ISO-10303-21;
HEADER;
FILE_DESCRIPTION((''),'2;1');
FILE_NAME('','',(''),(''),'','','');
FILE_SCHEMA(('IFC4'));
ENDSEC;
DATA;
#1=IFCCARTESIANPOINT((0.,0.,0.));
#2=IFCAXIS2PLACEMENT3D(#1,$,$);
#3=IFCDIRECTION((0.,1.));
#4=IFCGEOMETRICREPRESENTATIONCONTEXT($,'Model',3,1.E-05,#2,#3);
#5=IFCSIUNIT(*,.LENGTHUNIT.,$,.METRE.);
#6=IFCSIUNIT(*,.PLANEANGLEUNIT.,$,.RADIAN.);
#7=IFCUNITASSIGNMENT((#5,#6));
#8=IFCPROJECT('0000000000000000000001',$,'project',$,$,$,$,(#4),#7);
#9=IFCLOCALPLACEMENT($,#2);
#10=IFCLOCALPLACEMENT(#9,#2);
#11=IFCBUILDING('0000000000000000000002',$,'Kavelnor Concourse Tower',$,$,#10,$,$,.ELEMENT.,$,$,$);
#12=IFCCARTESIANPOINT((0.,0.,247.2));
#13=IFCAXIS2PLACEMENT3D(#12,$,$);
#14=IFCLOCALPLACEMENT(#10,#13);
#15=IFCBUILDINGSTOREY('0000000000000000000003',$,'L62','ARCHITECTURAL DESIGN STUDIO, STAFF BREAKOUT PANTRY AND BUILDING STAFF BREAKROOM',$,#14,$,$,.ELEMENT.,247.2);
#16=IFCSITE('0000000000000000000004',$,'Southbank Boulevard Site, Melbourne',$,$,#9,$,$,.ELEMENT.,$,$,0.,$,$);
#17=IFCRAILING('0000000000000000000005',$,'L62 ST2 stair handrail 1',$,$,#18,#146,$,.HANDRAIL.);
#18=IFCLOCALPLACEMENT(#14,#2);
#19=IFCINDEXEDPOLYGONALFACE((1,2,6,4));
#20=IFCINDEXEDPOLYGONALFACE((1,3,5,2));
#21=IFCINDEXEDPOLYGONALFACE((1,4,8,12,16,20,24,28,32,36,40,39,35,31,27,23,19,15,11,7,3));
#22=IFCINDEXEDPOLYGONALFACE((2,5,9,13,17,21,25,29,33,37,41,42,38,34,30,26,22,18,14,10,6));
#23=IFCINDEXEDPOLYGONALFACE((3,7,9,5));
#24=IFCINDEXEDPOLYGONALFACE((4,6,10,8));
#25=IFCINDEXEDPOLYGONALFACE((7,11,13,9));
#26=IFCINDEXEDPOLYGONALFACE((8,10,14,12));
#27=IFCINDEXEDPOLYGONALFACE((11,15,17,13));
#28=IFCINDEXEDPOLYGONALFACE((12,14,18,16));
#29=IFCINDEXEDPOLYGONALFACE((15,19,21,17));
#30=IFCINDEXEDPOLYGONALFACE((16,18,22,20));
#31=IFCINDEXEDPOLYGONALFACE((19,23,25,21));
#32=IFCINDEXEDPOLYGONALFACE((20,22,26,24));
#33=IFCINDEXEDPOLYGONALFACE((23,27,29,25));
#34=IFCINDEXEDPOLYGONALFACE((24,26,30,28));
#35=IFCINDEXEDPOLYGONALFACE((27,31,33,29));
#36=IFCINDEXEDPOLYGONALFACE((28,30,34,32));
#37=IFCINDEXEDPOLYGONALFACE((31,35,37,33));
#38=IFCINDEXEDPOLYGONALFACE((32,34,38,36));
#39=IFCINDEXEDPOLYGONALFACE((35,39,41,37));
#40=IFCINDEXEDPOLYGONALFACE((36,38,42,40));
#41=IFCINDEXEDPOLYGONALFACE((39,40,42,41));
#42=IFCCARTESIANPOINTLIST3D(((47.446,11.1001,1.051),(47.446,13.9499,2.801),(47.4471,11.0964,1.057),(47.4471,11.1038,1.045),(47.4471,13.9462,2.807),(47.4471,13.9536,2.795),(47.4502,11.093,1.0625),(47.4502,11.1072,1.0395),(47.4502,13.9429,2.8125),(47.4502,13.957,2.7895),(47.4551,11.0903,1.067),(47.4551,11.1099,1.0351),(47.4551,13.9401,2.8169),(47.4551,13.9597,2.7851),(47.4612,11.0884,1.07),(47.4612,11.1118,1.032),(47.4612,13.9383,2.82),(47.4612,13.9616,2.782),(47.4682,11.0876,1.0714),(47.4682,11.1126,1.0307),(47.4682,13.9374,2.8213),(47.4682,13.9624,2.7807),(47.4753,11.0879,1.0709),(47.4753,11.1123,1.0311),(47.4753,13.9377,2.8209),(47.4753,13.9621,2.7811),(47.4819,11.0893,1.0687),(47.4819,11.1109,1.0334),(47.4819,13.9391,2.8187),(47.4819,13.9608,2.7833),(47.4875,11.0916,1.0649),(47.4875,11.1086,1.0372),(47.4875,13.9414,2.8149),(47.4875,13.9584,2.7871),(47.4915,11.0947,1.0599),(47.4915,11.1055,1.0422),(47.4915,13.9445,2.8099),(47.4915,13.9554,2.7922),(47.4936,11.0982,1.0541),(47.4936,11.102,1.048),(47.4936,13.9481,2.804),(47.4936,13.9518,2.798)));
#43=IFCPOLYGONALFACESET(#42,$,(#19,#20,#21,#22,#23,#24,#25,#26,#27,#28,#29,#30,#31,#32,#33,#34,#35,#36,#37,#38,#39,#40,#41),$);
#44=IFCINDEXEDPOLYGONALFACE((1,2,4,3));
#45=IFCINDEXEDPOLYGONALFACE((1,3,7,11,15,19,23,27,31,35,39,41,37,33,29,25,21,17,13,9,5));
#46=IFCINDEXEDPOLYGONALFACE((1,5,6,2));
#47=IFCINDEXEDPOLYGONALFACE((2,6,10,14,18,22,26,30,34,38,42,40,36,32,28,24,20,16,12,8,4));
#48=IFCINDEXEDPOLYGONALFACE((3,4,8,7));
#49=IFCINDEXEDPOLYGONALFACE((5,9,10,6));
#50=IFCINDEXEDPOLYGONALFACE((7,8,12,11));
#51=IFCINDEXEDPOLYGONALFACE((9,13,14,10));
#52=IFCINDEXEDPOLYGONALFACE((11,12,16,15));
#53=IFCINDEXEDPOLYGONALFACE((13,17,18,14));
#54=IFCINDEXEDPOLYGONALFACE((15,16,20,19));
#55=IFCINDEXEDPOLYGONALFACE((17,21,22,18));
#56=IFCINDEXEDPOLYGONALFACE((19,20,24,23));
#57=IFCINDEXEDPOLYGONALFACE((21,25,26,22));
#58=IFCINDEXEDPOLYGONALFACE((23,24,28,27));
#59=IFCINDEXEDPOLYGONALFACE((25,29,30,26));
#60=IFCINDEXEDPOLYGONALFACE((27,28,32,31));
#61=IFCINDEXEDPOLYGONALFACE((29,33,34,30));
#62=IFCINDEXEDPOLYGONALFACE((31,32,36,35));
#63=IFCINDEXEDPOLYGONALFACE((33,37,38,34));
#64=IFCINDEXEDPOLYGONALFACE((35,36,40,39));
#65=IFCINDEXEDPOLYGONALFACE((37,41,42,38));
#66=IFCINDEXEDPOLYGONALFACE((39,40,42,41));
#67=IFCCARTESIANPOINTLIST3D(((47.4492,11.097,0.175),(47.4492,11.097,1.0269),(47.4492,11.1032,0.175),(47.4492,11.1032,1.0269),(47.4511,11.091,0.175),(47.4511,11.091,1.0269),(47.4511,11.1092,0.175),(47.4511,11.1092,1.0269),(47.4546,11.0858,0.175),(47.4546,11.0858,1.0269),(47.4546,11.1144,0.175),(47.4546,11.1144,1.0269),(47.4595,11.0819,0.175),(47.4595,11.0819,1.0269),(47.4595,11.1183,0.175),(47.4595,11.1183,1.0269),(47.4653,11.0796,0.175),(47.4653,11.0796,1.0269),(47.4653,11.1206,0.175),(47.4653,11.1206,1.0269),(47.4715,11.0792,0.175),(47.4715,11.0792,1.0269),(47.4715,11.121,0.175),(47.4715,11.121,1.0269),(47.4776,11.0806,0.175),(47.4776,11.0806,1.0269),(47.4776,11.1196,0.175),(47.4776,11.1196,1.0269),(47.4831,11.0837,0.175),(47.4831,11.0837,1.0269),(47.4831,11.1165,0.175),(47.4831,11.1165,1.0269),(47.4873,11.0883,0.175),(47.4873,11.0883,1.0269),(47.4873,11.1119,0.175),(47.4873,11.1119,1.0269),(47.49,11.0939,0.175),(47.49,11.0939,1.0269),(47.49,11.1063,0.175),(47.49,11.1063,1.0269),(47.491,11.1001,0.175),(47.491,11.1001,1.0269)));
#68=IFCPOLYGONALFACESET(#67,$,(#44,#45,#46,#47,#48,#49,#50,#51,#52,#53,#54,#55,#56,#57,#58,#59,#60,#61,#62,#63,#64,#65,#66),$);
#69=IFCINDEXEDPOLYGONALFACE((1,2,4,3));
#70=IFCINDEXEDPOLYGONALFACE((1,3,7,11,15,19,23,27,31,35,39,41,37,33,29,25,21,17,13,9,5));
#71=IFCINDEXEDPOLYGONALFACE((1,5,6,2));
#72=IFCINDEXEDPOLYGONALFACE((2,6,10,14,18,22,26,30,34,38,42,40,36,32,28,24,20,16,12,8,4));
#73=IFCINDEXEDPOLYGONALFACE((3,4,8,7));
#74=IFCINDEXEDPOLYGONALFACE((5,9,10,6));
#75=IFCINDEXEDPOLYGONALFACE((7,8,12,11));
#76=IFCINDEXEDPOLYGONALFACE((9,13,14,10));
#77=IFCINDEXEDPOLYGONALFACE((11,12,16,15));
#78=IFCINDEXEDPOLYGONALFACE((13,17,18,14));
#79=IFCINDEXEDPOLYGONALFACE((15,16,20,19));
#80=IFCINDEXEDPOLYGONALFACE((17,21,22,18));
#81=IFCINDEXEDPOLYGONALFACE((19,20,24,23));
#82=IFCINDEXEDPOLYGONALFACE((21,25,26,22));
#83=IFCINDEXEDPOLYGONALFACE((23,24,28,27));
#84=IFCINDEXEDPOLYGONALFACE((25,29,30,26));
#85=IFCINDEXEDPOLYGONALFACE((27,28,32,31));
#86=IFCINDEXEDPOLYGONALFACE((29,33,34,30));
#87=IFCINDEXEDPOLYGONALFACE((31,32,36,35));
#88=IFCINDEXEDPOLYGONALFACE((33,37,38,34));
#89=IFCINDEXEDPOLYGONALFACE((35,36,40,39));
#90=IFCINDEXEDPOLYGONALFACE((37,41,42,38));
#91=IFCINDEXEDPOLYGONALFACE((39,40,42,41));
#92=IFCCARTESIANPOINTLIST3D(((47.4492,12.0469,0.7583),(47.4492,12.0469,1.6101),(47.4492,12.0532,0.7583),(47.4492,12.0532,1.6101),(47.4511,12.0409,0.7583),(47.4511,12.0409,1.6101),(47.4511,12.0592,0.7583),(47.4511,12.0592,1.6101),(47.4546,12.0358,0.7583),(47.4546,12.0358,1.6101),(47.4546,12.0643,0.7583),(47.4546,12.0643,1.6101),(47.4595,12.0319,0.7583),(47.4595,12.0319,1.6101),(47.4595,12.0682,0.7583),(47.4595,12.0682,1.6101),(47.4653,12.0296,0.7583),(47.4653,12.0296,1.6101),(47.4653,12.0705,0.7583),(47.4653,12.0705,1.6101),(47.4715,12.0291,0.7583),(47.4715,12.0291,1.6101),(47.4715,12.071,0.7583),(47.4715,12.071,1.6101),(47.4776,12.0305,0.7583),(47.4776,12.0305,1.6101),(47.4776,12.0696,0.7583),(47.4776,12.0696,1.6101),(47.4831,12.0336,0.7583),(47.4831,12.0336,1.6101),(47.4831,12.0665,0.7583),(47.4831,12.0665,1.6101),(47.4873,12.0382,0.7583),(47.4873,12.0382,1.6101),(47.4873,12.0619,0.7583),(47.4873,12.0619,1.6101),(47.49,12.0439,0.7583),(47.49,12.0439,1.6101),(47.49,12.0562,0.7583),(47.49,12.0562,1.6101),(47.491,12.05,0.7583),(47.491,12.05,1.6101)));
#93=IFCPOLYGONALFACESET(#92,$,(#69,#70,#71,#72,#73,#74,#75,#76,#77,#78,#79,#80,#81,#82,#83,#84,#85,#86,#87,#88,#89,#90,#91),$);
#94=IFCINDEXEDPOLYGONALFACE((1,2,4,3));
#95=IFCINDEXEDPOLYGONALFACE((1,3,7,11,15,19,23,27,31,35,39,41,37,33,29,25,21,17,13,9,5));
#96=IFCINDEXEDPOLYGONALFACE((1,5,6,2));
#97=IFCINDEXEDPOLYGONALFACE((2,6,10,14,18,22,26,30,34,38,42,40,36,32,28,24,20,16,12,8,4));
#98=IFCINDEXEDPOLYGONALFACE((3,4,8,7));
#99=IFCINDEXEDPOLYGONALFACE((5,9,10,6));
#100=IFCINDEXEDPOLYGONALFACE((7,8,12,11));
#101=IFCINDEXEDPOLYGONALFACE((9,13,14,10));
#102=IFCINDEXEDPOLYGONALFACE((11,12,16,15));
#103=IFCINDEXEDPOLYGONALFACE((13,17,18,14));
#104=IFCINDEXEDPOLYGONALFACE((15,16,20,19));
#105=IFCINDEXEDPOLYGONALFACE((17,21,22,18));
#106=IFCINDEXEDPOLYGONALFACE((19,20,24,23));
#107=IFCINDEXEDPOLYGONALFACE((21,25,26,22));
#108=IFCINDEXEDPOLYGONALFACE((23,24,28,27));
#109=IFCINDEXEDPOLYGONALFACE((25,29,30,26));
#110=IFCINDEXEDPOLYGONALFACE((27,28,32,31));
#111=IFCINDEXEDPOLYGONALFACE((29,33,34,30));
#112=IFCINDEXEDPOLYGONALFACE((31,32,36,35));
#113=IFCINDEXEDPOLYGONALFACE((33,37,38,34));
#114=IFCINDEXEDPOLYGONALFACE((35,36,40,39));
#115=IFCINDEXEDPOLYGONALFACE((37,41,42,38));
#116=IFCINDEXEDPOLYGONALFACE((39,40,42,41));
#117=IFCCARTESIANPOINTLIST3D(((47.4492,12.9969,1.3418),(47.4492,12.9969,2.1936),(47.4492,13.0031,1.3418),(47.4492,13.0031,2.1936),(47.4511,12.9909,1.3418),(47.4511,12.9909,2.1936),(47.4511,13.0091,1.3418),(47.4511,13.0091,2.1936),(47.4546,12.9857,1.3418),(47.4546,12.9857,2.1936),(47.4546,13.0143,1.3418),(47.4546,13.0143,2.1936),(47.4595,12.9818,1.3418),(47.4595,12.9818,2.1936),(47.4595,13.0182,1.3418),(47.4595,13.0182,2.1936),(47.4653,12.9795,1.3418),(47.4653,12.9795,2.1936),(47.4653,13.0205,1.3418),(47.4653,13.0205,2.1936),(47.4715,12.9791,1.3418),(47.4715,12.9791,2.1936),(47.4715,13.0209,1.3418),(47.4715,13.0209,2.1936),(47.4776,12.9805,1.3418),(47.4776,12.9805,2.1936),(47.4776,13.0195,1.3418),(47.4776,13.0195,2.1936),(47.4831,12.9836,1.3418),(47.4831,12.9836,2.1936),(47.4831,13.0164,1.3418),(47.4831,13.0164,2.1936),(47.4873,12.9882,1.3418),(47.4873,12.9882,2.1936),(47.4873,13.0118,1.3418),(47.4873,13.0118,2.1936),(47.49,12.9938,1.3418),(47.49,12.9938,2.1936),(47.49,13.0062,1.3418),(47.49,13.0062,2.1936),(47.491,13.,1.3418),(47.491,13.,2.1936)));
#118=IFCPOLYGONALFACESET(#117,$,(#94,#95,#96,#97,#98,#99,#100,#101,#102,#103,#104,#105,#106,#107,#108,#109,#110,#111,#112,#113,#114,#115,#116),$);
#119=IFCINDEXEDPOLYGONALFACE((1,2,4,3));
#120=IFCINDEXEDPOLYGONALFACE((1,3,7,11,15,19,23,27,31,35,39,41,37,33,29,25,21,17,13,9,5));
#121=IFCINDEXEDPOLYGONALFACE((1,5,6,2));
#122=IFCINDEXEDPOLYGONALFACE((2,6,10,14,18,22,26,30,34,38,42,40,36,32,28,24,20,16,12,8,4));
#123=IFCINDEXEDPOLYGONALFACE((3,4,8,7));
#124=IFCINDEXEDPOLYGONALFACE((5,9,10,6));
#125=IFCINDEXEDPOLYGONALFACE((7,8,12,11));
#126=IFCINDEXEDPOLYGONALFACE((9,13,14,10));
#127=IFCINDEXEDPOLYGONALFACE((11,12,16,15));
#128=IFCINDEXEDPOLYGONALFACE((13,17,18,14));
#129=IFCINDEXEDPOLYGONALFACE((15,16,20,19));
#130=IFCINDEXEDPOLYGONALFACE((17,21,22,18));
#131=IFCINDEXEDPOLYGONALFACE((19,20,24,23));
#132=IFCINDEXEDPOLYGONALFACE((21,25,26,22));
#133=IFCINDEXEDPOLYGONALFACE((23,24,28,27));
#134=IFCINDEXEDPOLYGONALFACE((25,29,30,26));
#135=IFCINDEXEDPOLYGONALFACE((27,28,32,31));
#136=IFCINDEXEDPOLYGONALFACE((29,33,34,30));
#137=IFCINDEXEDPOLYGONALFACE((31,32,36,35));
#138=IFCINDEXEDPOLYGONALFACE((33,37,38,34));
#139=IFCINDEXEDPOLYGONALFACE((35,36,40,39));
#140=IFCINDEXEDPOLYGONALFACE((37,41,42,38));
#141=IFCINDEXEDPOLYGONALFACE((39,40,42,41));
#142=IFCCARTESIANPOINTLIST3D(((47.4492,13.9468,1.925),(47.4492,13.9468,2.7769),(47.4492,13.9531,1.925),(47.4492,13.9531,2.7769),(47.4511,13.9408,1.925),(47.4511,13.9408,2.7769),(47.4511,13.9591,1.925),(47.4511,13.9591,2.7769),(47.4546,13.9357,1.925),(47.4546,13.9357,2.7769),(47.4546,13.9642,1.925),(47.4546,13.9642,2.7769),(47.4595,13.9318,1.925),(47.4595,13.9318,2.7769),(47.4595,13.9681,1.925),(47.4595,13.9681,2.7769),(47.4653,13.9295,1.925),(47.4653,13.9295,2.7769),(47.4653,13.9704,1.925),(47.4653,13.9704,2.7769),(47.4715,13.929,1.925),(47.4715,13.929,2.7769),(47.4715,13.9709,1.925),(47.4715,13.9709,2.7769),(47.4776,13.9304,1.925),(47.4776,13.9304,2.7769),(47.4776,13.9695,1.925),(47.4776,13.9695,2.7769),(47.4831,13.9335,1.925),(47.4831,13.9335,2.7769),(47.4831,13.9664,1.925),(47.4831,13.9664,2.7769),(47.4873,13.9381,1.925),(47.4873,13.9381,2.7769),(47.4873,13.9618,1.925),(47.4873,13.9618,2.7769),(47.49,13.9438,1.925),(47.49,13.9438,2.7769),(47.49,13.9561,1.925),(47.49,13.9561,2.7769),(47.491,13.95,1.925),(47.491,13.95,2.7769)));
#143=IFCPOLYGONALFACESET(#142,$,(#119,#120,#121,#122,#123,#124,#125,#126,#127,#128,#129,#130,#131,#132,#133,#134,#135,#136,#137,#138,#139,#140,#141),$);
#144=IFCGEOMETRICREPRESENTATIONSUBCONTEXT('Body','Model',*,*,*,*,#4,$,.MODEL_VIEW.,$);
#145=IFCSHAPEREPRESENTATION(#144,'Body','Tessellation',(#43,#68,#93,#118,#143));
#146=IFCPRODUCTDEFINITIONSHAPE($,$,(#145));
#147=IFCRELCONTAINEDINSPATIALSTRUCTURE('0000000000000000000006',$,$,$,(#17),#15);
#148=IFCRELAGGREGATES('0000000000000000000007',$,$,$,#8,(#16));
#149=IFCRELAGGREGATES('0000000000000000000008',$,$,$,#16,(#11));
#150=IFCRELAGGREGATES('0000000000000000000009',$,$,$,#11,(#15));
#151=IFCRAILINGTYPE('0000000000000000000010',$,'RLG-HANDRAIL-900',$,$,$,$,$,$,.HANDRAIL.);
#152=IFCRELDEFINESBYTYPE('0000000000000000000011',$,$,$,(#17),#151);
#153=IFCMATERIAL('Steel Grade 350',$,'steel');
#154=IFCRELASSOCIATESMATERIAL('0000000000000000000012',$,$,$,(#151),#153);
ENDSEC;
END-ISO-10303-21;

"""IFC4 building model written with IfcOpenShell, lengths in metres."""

from ifc_helpers import new_model, si_unit, direction, frame, origin, origin_2d, place, context, subcontext, project, spatial, circle, extrude, material, type_object, element, save


model = new_model("IFC4")

# Units and contexts
model_context = context("Model", 3, precision=1e-05, world=origin(), true_north=direction((0.0, 1.0)))
body_context = subcontext(model_context, "Body", "Model", "MODEL_VIEW")
ifc_project = project(units=[si_unit("LENGTHUNIT", "METRE"), si_unit("PLANEANGLEUNIT", "RADIAN")], contexts=[model_context])

# Site, building, storey
site_placement = place(None, origin())
site = spatial("IfcSite", under=ifc_project, at=site_placement, Name="Southbank Boulevard Site, Melbourne", CompositionType="ELEMENT", RefElevation=0.0)
building_placement = place(site_placement, origin())
building = spatial("IfcBuilding", under=site, at=building_placement, Name="Kavelnor Concourse Tower", CompositionType="ELEMENT")
storey_placement = place(building_placement, frame((0.0, 0.0, 247.2)))
storey = spatial("IfcBuildingStorey", under=building, at=storey_placement, Name="L62", Description="ARCHITECTURAL DESIGN STUDIO, STAFF BREAKOUT PANTRY AND BUILDING STAFF BREAKROOM", CompositionType="ELEMENT", Elevation=247.2)

# Shared definitions
ifc_material_1 = material(Name="Steel Grade 350", Category="steel")

# Railing
railing_type_1 = type_object("IfcRailingType", Name="RLG-HANDRAIL-900", PredefinedType="HANDRAIL", material=ifc_material_1)
railing_1_placement = place(storey_placement, frame((47.47, 11.1001, 0.175)))
element("IfcRailing", 1, at=railing_1_placement, inside=storey, type_object=railing_type_1, Name="L62 ST2 stair handrail 1", PredefinedType="HANDRAIL", context=body_context, shape_type="SweptSolid", body=[
    extrude(circle(Radius=0.0239, at=origin_2d()), frame((0.0, 0.0, 0.876), z_axis=(0.0, 0.852159, 0.523283), x_axis=(-1.0, 0.0, 0.0)), (0.0, 0.0, 1.0), 3.3442),
    extrude(circle(Radius=0.021, at=origin_2d()), origin(), (0.0, 0.0, 1.0), 0.8518),
    extrude(circle(Radius=0.021, at=origin_2d()), frame((0.0, 0.95, 0.5833)), (0.0, 0.0, 1.0), 0.8518),
    extrude(circle(Radius=0.021, at=origin_2d()), frame((0.0, 1.8999, 1.1667)), (0.0, 0.0, 1.0), 0.8518),
    extrude(circle(Radius=0.021, at=origin_2d()), frame((0.0, 2.8499, 1.75)), (0.0, 0.0, 1.0), 0.8518),
])

save(model, "model.ifc")
